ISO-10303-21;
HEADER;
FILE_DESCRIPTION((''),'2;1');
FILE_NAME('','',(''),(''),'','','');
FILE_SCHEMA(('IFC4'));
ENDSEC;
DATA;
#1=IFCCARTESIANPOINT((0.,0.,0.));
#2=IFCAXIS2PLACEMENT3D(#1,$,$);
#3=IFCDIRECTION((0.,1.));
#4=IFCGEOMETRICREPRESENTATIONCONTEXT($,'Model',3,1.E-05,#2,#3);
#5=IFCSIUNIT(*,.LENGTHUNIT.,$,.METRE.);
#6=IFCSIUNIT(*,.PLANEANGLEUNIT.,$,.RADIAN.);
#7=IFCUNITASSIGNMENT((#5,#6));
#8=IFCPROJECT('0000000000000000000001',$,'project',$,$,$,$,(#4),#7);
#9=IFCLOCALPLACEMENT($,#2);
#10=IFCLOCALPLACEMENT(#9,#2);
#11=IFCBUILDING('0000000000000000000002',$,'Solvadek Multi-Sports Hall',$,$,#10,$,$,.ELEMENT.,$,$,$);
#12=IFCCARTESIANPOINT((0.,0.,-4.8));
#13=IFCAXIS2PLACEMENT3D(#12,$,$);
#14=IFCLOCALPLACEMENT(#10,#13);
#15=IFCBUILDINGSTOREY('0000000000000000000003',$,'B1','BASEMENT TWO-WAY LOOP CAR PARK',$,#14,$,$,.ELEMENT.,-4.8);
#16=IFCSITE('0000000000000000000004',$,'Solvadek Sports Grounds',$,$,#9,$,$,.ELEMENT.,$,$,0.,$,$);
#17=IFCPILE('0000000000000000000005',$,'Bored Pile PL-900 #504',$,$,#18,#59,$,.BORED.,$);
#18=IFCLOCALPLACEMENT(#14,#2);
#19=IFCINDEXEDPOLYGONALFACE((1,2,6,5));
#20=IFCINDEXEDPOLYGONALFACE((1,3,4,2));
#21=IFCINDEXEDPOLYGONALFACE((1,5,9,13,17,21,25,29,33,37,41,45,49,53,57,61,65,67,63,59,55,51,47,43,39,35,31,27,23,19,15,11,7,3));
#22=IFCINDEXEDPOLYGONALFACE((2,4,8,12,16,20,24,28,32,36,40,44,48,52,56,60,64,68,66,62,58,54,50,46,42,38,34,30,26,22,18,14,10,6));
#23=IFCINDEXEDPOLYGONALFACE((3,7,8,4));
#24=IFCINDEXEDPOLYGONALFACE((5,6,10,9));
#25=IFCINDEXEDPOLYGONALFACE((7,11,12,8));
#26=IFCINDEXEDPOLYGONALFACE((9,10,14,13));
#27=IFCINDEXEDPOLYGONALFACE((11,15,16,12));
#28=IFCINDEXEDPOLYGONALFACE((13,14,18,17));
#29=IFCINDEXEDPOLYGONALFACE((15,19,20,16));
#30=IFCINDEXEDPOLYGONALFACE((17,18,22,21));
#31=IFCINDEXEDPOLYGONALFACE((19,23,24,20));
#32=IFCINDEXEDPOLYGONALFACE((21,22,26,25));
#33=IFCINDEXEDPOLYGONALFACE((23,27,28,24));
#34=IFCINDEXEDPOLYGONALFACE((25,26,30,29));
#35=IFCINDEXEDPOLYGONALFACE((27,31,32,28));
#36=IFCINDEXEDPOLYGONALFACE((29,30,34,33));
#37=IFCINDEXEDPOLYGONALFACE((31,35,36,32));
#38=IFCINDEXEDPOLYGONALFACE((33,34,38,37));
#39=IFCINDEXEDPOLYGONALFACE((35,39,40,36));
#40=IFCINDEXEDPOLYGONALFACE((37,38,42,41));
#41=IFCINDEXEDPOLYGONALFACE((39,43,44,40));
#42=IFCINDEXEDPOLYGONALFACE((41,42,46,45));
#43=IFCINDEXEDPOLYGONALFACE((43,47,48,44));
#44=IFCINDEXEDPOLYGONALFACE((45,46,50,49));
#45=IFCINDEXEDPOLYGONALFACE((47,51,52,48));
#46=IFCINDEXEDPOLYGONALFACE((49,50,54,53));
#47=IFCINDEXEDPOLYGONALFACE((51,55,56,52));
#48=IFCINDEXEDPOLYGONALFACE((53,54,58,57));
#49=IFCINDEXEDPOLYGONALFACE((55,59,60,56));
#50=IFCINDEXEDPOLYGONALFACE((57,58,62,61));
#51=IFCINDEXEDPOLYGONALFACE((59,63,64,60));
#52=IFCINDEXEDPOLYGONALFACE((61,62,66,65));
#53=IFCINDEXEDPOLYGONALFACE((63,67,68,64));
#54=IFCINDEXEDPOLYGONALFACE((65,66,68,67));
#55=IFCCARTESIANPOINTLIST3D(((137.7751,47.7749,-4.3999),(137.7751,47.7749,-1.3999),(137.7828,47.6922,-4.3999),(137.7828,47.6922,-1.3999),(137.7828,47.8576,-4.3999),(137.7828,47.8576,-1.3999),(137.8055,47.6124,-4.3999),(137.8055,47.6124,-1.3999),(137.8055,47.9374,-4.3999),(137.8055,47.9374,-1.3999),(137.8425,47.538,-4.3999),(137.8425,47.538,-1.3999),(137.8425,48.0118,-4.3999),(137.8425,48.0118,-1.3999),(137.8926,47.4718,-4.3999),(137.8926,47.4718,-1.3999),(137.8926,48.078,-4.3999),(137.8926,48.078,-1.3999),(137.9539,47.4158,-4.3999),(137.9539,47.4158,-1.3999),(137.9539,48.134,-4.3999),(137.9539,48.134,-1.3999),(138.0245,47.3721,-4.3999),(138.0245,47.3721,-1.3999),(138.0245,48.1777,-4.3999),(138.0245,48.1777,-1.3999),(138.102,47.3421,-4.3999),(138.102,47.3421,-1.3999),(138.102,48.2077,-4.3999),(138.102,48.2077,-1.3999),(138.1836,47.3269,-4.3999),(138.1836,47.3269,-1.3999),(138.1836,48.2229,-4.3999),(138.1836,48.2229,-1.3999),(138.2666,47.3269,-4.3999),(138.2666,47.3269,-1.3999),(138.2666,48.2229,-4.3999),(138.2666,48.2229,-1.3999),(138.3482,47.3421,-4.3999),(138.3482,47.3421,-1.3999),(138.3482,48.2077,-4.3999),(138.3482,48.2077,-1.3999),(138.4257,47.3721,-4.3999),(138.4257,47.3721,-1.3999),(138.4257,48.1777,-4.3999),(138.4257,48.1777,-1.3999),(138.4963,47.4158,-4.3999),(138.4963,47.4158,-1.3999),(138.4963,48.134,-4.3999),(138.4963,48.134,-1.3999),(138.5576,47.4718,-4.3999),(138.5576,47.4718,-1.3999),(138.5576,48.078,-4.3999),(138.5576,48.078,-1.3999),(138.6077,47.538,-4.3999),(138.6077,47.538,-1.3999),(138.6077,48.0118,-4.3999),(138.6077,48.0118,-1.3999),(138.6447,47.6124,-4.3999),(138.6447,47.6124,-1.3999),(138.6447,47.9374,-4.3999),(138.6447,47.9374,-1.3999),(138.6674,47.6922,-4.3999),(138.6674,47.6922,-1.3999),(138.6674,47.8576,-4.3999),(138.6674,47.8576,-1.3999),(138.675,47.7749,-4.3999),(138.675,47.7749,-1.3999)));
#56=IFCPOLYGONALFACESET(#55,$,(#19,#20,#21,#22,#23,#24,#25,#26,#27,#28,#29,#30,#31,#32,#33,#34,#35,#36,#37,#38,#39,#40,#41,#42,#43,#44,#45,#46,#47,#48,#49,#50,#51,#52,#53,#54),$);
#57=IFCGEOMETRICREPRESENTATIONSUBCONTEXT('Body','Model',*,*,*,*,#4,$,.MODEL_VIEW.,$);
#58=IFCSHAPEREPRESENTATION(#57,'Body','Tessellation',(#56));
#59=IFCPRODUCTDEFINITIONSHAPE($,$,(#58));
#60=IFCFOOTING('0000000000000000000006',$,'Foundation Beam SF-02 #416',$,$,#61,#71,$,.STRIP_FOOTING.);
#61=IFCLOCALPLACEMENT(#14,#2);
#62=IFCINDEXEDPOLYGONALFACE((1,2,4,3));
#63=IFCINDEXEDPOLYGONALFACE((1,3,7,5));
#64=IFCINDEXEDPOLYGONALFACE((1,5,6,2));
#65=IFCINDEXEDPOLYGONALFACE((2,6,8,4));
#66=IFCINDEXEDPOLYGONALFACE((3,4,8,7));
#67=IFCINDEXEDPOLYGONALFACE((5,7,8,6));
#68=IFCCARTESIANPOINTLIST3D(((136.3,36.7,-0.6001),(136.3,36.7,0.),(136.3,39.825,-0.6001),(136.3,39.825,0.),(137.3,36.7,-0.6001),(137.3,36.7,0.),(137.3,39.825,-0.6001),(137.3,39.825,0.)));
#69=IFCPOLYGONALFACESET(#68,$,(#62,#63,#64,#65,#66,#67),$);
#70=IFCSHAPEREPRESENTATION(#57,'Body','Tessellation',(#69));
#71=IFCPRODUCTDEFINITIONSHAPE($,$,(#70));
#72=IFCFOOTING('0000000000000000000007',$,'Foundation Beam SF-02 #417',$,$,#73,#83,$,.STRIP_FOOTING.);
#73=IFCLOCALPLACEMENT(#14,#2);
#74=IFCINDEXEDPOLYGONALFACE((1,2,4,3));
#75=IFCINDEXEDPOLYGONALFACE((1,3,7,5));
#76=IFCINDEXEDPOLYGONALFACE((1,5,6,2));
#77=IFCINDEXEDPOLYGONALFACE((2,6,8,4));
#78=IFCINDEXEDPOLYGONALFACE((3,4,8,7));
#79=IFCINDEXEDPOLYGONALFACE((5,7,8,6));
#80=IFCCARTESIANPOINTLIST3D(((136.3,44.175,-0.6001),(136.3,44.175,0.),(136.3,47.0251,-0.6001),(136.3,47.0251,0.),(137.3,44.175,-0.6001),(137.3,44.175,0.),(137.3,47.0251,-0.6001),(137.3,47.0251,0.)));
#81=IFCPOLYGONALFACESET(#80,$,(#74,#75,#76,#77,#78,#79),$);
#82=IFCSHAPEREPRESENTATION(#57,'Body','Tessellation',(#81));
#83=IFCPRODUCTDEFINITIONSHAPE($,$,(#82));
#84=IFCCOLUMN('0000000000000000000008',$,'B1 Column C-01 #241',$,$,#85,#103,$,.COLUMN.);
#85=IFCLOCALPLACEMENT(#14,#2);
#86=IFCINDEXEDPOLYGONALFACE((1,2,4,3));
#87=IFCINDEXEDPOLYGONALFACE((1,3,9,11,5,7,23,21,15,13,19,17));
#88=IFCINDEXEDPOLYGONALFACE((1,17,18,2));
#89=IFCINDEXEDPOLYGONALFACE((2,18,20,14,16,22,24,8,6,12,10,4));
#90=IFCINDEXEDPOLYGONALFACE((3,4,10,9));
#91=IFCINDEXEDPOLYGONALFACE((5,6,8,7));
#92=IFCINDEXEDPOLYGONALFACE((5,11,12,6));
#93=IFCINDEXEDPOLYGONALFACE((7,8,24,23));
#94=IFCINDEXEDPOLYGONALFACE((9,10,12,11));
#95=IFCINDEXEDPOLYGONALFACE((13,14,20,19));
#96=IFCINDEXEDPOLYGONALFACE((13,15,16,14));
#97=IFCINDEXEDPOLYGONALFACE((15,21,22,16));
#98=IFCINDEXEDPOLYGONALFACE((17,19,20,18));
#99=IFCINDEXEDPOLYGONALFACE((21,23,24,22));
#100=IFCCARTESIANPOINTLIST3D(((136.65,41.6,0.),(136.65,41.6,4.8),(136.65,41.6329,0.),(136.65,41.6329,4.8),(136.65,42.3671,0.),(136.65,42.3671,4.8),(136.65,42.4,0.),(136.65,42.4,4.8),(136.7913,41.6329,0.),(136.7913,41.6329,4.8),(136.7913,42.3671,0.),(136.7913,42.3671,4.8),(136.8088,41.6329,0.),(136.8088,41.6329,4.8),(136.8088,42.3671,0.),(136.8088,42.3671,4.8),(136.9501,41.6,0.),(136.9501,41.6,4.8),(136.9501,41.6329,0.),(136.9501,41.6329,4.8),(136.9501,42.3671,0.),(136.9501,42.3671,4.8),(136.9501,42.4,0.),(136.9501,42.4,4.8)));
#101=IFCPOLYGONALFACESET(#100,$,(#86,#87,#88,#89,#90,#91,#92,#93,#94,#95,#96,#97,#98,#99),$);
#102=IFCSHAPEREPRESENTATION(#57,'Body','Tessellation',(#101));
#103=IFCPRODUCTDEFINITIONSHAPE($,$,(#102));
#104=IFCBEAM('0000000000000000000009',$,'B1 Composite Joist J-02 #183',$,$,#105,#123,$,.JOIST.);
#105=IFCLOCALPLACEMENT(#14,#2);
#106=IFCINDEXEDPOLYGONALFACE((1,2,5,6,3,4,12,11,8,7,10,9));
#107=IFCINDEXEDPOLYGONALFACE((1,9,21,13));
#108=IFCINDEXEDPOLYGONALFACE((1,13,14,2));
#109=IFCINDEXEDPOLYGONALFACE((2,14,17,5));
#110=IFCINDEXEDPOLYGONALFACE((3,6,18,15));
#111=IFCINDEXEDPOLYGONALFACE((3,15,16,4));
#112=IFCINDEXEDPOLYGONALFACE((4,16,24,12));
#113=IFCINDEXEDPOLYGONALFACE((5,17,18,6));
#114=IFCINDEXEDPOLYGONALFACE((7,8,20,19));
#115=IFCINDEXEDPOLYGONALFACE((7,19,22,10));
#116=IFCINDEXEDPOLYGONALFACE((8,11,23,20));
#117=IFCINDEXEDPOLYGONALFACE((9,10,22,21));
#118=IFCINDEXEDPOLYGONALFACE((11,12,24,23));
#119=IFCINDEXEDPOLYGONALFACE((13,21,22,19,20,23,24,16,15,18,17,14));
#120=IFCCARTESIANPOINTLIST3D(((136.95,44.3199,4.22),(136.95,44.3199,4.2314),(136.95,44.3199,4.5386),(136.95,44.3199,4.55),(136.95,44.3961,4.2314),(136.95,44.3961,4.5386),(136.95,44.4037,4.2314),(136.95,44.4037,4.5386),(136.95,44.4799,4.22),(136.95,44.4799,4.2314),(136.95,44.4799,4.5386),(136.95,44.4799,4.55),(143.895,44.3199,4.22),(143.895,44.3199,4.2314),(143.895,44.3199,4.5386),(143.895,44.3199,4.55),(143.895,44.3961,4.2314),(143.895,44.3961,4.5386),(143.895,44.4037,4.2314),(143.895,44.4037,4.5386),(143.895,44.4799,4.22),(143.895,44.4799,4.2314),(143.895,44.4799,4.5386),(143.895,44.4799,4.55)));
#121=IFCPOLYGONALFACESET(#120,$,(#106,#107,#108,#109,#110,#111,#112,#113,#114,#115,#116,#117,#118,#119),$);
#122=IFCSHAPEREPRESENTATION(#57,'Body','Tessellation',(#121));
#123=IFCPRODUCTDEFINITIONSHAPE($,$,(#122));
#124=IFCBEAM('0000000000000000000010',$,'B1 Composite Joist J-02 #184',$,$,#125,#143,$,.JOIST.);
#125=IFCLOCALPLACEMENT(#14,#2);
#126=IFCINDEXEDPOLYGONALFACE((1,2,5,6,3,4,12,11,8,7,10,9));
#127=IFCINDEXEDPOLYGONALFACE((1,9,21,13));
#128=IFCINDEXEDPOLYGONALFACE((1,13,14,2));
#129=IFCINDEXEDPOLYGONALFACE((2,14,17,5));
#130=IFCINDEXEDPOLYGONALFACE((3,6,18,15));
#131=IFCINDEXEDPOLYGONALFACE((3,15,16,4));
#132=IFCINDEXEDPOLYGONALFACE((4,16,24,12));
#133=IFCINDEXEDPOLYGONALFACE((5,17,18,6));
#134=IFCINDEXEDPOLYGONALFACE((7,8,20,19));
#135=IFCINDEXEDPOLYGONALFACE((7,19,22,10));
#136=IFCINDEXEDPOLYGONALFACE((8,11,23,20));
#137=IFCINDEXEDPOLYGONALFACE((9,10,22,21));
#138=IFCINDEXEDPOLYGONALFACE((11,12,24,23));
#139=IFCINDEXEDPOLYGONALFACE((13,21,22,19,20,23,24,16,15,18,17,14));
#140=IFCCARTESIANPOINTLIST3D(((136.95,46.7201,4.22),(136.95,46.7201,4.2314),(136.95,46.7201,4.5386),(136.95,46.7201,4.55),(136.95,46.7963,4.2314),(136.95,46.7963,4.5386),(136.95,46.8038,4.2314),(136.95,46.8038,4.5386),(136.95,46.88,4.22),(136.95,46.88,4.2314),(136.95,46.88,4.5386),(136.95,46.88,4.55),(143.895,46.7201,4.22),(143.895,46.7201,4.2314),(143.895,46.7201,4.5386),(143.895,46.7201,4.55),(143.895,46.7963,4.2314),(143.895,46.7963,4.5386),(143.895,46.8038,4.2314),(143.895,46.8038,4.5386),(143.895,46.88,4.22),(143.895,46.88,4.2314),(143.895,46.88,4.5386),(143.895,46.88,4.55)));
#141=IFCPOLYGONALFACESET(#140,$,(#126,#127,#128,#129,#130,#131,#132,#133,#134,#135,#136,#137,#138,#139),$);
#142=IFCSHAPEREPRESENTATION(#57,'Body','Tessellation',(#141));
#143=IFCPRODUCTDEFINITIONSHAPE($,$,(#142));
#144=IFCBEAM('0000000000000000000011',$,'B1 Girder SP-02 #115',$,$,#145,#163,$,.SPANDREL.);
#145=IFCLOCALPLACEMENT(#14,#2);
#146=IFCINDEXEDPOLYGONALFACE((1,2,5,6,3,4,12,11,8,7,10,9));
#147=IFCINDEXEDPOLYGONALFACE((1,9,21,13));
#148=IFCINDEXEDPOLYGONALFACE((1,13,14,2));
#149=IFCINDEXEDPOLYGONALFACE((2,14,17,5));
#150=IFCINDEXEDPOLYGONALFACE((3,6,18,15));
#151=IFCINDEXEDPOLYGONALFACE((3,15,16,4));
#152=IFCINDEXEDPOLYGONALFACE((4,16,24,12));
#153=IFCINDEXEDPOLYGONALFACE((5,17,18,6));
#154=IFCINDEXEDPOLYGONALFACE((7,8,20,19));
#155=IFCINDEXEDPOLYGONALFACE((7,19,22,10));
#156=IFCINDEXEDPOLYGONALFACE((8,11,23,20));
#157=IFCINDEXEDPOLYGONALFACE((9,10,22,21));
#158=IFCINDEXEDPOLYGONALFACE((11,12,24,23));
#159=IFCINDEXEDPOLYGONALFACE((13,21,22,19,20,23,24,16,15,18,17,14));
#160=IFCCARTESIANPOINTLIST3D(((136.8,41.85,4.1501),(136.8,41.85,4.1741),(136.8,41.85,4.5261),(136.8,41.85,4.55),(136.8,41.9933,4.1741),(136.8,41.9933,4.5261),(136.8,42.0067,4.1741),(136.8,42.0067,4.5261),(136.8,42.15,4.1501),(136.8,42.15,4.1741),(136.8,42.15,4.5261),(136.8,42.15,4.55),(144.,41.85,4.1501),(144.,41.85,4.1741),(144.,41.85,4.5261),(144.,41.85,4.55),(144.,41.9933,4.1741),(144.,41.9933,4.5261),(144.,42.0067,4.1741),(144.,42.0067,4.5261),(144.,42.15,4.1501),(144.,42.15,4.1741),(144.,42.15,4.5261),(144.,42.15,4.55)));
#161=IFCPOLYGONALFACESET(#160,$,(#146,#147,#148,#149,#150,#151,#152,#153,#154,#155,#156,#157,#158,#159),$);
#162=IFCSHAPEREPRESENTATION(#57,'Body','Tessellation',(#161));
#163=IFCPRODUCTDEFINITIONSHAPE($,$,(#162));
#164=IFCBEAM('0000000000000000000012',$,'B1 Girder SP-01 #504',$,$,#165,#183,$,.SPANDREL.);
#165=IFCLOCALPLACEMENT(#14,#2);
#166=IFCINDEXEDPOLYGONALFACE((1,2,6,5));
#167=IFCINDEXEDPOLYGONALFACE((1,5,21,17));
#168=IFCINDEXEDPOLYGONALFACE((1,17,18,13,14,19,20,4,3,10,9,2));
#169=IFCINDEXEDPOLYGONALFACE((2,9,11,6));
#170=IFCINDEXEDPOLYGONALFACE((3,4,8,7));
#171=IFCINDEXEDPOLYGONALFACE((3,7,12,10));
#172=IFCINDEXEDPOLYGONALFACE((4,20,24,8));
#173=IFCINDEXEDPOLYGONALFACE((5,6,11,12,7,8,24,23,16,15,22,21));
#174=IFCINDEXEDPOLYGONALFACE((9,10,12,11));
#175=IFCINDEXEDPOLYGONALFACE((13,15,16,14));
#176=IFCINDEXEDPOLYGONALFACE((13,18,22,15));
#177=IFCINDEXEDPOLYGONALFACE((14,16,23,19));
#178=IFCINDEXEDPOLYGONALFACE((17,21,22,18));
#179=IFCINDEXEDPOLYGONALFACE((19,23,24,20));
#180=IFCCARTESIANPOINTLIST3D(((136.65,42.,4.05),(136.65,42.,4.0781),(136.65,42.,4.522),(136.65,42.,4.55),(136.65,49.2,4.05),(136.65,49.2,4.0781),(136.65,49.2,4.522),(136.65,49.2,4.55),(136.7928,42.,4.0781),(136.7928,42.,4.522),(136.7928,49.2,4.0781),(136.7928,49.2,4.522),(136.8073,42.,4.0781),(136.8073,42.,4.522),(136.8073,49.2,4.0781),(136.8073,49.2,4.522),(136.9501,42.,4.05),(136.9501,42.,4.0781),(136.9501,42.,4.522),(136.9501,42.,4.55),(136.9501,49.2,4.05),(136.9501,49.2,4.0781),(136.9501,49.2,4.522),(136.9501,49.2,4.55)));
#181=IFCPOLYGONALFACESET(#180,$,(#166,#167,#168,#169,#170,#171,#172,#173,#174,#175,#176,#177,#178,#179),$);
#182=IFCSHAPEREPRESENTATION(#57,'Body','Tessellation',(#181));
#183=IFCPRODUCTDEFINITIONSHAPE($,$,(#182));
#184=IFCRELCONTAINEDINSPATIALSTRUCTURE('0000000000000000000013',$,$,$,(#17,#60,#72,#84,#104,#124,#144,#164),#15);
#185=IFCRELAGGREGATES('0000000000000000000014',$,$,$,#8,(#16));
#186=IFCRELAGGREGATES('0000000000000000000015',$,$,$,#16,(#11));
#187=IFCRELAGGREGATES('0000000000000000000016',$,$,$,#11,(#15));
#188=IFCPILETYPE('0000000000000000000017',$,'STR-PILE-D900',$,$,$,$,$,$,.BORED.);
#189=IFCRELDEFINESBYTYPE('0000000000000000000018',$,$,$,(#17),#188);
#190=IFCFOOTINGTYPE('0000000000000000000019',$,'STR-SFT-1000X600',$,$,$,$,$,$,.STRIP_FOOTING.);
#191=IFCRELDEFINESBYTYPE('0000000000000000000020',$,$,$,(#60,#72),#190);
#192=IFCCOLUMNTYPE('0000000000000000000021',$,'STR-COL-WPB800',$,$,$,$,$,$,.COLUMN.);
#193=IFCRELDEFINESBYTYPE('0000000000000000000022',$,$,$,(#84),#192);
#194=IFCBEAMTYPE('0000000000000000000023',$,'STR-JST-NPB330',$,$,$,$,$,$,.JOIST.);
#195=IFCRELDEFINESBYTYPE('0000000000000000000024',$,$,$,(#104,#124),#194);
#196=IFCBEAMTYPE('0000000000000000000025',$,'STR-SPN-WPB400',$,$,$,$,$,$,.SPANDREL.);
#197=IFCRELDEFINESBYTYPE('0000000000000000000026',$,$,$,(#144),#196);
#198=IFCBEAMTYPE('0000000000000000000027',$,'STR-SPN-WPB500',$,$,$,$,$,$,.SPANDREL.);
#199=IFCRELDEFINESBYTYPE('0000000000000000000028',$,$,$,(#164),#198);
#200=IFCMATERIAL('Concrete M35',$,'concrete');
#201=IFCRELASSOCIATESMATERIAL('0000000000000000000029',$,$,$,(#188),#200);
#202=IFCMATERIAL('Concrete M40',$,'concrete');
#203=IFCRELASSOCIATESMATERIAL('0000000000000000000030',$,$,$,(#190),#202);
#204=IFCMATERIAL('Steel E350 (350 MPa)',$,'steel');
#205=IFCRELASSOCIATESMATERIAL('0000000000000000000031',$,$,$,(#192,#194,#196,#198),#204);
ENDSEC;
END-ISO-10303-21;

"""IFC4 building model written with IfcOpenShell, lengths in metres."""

from ifc_helpers import new_model, si_unit, direction, frame, origin, origin_2d, place, context, subcontext, project, spatial, rectangle, circle, i_section, extrude, material, material_profile, profile_set, type_object, element, save


model = new_model("IFC4")

# Units and contexts
model_context = context("Model", 3, precision=1e-05, world=origin(), true_north=direction((0.0, 1.0)))
body_context = subcontext(model_context, "Body", "Model", "MODEL_VIEW")
ifc_project = project(units=[si_unit("LENGTHUNIT", "METRE"), si_unit("PLANEANGLEUNIT", "RADIAN")], contexts=[model_context])

# Site, building, storey
site_placement = place(None, origin())
site = spatial("IfcSite", under=ifc_project, at=site_placement, Name="Solvadek Sports Grounds", CompositionType="ELEMENT", RefElevation=0.0)
building_placement = place(site_placement, origin())
building = spatial("IfcBuilding", under=site, at=building_placement, Name="Solvadek Multi-Sports Hall", CompositionType="ELEMENT")
storey_placement = place(building_placement, frame((0.0, 0.0, -4.8)))
storey = spatial("IfcBuildingStorey", under=building, at=storey_placement, Name="B1", Description="BASEMENT TWO-WAY LOOP CAR PARK", CompositionType="ELEMENT", Elevation=-4.8)

# Shared definitions
ifc_material_1 = material(Name="Concrete M40", Category="concrete")

# Pile
ifc_material_2 = material(Name="Concrete M35", Category="concrete")
ifc_material_profile_1 = material_profile(ifc_material_2, circle(Radius=0.45, at=origin_2d()), Name="BORED PILE D900")
ifc_profile_set_1 = profile_set([ifc_material_profile_1], Name="Concrete M35")
pile_type_1 = type_object("IfcPileType", Name="STR-PILE-D900", PredefinedType="BORED", material=ifc_profile_set_1)
for number, where, z_axis, x_axis, name in (
    (1, (138.2251, 47.7749, -1.3999), (0.0, 0.0, -1.0), (1.0, 0.0, 0.0), "Bored Pile PL-900 #504"),
):
    element("IfcPile", number, at=place(storey_placement, frame(where, z_axis=z_axis, x_axis=x_axis)), inside=storey, type_object=pile_type_1, Name=name, PredefinedType="BORED", context=body_context, shape_type="SweptSolid", body=[
        extrude(circle(Radius=0.45, at=origin_2d()), origin(), (0.0, 0.0, 1.0), 3.0),
    ])

# Footings
footing_type_1 = type_object("IfcFootingType", Name="STR-SFT-1000X600", PredefinedType="STRIP_FOOTING", material=ifc_material_1)
footing_1_placement = place(storey_placement, frame((136.8, 38.2625, -0.6001), z_axis=(0.0, 0.0, 1.0), x_axis=(0.0, 1.0, 0.0)))
element("IfcFooting", 2, at=footing_1_placement, inside=storey, type_object=footing_type_1, Name="Foundation Beam SF-02 #416", PredefinedType="STRIP_FOOTING", context=body_context, shape_type="SweptSolid", body=[
    extrude(rectangle(XDim=3.125, YDim=1.0, at=origin_2d()), origin(), (0.0, 0.0, 1.0), 0.6001),
])
footing_2_placement = place(storey_placement, frame((136.8, 45.6001, -0.6001), z_axis=(0.0, 0.0, 1.0), x_axis=(0.0, 1.0, 0.0)))
element("IfcFooting", 3, at=footing_2_placement, inside=storey, type_object=footing_type_1, Name="Foundation Beam SF-02 #417", PredefinedType="STRIP_FOOTING", context=body_context, shape_type="SweptSolid", body=[
    extrude(rectangle(XDim=2.8501, YDim=1.0, at=origin_2d()), origin(), (0.0, 0.0, 1.0), 0.6001),
])

# Column
ifc_material_3 = material(Name="Steel E350 (350 MPa)", Category="steel")
ifc_material_profile_2 = material_profile(ifc_material_3, i_section(OverallWidth=0.3, OverallDepth=0.8, WebThickness=0.0176, FlangeThickness=0.033, at=origin_2d()), Name="WPB 800")
ifc_profile_set_2 = profile_set([ifc_material_profile_2], Name="Steel E350 (350 MPa)")
column_type = type_object("IfcColumnType", Name="STR-COL-WPB800", PredefinedType="COLUMN", material=ifc_profile_set_2)
column_placement = place(storey_placement, frame((136.8, 42.0, 0.0), z_axis=(0.0, 0.0, 1.0), x_axis=(1.0, 0.0, 0.0)))
element("IfcColumn", 4, at=column_placement, inside=storey, type_object=column_type, Name="B1 Column C-01 #241", PredefinedType="COLUMN", context=body_context, shape_type="SweptSolid", body=[
    extrude(i_section(OverallWidth=0.3, OverallDepth=0.8, WebThickness=0.0176, FlangeThickness=0.033, at=origin_2d()), origin(), (0.0, 0.0, 1.0), 4.8),
])

# Beams
ifc_material_profile_3 = material_profile(ifc_material_3, i_section(OverallWidth=0.1599, OverallDepth=0.3301, WebThickness=0.0076, FlangeThickness=0.0115, at=origin_2d()), Name="NPB 330")
ifc_profile_set_3 = profile_set([ifc_material_profile_3], Name="Steel E350 (350 MPa)")
beam_type_1 = type_object("IfcBeamType", Name="STR-JST-NPB330", PredefinedType="JOIST", material=ifc_profile_set_3)
for number, where, z_axis, x_axis, name in (
    (5, (136.95, 44.3999, 4.385), (1.0, 0.0, 0.0), (0.0, 1.0, 0.0), "B1 Composite Joist J-02 #183"),
    (6, (136.95, 46.8, 4.385), (1.0, 0.0, 0.0), (0.0, 1.0, 0.0), "B1 Composite Joist J-02 #184"),
):
    element("IfcBeam", number, at=place(storey_placement, frame(where, z_axis=z_axis, x_axis=x_axis)), inside=storey, type_object=beam_type_1, Name=name, PredefinedType="JOIST", context=body_context, shape_type="SweptSolid", body=[
        extrude(i_section(OverallWidth=0.1599, OverallDepth=0.3301, WebThickness=0.0076, FlangeThickness=0.0115, at=origin_2d()), origin(), (0.0, 0.0, 1.0), 6.9451),
    ])
ifc_material_profile_4 = material_profile(ifc_material_3, i_section(OverallWidth=0.3, OverallDepth=0.3999, WebThickness=0.0134, FlangeThickness=0.0239, at=origin_2d()), Name="WPB 400")
ifc_profile_set_4 = profile_set([ifc_material_profile_4], Name="Steel E350 (350 MPa)")
beam_type_2 = type_object("IfcBeamType", Name="STR-SPN-WPB400", PredefinedType="SPANDREL", material=ifc_profile_set_4)
beam_1_placement = place(storey_placement, frame((136.8, 42.0, 4.3501), z_axis=(1.0, 0.0, 0.0), x_axis=(0.0, 1.0, 0.0)))
element("IfcBeam", 7, at=beam_1_placement, inside=storey, type_object=beam_type_2, Name="B1 Girder SP-02 #115", PredefinedType="SPANDREL", context=body_context, shape_type="SweptSolid", body=[
    extrude(i_section(OverallWidth=0.3, OverallDepth=0.3999, WebThickness=0.0134, FlangeThickness=0.0239, at=origin_2d()), origin(), (0.0, 0.0, 1.0), 7.2),
])
ifc_material_profile_5 = material_profile(ifc_material_3, i_section(OverallWidth=0.3, OverallDepth=0.5, WebThickness=0.0144, FlangeThickness=0.0281, at=origin_2d()), Name="WPB 500")
ifc_profile_set_5 = profile_set([ifc_material_profile_5], Name="Steel E350 (350 MPa)")
beam_type_3 = type_object("IfcBeamType", Name="STR-SPN-WPB500", PredefinedType="SPANDREL", material=ifc_profile_set_5)
beam_2_placement = place(storey_placement, frame((136.8, 42.0, 4.3), z_axis=(0.0, 1.0, 0.0), x_axis=(-1.0, 0.0, 0.0)))
element("IfcBeam", 8, at=beam_2_placement, inside=storey, type_object=beam_type_3, Name="B1 Girder SP-01 #504", PredefinedType="SPANDREL", context=body_context, shape_type="SweptSolid", body=[
    extrude(i_section(OverallWidth=0.3, OverallDepth=0.5, WebThickness=0.0144, FlangeThickness=0.0281, at=origin_2d()), origin(), (0.0, 0.0, 1.0), 7.2),
])

save(model, "model.ifc")
